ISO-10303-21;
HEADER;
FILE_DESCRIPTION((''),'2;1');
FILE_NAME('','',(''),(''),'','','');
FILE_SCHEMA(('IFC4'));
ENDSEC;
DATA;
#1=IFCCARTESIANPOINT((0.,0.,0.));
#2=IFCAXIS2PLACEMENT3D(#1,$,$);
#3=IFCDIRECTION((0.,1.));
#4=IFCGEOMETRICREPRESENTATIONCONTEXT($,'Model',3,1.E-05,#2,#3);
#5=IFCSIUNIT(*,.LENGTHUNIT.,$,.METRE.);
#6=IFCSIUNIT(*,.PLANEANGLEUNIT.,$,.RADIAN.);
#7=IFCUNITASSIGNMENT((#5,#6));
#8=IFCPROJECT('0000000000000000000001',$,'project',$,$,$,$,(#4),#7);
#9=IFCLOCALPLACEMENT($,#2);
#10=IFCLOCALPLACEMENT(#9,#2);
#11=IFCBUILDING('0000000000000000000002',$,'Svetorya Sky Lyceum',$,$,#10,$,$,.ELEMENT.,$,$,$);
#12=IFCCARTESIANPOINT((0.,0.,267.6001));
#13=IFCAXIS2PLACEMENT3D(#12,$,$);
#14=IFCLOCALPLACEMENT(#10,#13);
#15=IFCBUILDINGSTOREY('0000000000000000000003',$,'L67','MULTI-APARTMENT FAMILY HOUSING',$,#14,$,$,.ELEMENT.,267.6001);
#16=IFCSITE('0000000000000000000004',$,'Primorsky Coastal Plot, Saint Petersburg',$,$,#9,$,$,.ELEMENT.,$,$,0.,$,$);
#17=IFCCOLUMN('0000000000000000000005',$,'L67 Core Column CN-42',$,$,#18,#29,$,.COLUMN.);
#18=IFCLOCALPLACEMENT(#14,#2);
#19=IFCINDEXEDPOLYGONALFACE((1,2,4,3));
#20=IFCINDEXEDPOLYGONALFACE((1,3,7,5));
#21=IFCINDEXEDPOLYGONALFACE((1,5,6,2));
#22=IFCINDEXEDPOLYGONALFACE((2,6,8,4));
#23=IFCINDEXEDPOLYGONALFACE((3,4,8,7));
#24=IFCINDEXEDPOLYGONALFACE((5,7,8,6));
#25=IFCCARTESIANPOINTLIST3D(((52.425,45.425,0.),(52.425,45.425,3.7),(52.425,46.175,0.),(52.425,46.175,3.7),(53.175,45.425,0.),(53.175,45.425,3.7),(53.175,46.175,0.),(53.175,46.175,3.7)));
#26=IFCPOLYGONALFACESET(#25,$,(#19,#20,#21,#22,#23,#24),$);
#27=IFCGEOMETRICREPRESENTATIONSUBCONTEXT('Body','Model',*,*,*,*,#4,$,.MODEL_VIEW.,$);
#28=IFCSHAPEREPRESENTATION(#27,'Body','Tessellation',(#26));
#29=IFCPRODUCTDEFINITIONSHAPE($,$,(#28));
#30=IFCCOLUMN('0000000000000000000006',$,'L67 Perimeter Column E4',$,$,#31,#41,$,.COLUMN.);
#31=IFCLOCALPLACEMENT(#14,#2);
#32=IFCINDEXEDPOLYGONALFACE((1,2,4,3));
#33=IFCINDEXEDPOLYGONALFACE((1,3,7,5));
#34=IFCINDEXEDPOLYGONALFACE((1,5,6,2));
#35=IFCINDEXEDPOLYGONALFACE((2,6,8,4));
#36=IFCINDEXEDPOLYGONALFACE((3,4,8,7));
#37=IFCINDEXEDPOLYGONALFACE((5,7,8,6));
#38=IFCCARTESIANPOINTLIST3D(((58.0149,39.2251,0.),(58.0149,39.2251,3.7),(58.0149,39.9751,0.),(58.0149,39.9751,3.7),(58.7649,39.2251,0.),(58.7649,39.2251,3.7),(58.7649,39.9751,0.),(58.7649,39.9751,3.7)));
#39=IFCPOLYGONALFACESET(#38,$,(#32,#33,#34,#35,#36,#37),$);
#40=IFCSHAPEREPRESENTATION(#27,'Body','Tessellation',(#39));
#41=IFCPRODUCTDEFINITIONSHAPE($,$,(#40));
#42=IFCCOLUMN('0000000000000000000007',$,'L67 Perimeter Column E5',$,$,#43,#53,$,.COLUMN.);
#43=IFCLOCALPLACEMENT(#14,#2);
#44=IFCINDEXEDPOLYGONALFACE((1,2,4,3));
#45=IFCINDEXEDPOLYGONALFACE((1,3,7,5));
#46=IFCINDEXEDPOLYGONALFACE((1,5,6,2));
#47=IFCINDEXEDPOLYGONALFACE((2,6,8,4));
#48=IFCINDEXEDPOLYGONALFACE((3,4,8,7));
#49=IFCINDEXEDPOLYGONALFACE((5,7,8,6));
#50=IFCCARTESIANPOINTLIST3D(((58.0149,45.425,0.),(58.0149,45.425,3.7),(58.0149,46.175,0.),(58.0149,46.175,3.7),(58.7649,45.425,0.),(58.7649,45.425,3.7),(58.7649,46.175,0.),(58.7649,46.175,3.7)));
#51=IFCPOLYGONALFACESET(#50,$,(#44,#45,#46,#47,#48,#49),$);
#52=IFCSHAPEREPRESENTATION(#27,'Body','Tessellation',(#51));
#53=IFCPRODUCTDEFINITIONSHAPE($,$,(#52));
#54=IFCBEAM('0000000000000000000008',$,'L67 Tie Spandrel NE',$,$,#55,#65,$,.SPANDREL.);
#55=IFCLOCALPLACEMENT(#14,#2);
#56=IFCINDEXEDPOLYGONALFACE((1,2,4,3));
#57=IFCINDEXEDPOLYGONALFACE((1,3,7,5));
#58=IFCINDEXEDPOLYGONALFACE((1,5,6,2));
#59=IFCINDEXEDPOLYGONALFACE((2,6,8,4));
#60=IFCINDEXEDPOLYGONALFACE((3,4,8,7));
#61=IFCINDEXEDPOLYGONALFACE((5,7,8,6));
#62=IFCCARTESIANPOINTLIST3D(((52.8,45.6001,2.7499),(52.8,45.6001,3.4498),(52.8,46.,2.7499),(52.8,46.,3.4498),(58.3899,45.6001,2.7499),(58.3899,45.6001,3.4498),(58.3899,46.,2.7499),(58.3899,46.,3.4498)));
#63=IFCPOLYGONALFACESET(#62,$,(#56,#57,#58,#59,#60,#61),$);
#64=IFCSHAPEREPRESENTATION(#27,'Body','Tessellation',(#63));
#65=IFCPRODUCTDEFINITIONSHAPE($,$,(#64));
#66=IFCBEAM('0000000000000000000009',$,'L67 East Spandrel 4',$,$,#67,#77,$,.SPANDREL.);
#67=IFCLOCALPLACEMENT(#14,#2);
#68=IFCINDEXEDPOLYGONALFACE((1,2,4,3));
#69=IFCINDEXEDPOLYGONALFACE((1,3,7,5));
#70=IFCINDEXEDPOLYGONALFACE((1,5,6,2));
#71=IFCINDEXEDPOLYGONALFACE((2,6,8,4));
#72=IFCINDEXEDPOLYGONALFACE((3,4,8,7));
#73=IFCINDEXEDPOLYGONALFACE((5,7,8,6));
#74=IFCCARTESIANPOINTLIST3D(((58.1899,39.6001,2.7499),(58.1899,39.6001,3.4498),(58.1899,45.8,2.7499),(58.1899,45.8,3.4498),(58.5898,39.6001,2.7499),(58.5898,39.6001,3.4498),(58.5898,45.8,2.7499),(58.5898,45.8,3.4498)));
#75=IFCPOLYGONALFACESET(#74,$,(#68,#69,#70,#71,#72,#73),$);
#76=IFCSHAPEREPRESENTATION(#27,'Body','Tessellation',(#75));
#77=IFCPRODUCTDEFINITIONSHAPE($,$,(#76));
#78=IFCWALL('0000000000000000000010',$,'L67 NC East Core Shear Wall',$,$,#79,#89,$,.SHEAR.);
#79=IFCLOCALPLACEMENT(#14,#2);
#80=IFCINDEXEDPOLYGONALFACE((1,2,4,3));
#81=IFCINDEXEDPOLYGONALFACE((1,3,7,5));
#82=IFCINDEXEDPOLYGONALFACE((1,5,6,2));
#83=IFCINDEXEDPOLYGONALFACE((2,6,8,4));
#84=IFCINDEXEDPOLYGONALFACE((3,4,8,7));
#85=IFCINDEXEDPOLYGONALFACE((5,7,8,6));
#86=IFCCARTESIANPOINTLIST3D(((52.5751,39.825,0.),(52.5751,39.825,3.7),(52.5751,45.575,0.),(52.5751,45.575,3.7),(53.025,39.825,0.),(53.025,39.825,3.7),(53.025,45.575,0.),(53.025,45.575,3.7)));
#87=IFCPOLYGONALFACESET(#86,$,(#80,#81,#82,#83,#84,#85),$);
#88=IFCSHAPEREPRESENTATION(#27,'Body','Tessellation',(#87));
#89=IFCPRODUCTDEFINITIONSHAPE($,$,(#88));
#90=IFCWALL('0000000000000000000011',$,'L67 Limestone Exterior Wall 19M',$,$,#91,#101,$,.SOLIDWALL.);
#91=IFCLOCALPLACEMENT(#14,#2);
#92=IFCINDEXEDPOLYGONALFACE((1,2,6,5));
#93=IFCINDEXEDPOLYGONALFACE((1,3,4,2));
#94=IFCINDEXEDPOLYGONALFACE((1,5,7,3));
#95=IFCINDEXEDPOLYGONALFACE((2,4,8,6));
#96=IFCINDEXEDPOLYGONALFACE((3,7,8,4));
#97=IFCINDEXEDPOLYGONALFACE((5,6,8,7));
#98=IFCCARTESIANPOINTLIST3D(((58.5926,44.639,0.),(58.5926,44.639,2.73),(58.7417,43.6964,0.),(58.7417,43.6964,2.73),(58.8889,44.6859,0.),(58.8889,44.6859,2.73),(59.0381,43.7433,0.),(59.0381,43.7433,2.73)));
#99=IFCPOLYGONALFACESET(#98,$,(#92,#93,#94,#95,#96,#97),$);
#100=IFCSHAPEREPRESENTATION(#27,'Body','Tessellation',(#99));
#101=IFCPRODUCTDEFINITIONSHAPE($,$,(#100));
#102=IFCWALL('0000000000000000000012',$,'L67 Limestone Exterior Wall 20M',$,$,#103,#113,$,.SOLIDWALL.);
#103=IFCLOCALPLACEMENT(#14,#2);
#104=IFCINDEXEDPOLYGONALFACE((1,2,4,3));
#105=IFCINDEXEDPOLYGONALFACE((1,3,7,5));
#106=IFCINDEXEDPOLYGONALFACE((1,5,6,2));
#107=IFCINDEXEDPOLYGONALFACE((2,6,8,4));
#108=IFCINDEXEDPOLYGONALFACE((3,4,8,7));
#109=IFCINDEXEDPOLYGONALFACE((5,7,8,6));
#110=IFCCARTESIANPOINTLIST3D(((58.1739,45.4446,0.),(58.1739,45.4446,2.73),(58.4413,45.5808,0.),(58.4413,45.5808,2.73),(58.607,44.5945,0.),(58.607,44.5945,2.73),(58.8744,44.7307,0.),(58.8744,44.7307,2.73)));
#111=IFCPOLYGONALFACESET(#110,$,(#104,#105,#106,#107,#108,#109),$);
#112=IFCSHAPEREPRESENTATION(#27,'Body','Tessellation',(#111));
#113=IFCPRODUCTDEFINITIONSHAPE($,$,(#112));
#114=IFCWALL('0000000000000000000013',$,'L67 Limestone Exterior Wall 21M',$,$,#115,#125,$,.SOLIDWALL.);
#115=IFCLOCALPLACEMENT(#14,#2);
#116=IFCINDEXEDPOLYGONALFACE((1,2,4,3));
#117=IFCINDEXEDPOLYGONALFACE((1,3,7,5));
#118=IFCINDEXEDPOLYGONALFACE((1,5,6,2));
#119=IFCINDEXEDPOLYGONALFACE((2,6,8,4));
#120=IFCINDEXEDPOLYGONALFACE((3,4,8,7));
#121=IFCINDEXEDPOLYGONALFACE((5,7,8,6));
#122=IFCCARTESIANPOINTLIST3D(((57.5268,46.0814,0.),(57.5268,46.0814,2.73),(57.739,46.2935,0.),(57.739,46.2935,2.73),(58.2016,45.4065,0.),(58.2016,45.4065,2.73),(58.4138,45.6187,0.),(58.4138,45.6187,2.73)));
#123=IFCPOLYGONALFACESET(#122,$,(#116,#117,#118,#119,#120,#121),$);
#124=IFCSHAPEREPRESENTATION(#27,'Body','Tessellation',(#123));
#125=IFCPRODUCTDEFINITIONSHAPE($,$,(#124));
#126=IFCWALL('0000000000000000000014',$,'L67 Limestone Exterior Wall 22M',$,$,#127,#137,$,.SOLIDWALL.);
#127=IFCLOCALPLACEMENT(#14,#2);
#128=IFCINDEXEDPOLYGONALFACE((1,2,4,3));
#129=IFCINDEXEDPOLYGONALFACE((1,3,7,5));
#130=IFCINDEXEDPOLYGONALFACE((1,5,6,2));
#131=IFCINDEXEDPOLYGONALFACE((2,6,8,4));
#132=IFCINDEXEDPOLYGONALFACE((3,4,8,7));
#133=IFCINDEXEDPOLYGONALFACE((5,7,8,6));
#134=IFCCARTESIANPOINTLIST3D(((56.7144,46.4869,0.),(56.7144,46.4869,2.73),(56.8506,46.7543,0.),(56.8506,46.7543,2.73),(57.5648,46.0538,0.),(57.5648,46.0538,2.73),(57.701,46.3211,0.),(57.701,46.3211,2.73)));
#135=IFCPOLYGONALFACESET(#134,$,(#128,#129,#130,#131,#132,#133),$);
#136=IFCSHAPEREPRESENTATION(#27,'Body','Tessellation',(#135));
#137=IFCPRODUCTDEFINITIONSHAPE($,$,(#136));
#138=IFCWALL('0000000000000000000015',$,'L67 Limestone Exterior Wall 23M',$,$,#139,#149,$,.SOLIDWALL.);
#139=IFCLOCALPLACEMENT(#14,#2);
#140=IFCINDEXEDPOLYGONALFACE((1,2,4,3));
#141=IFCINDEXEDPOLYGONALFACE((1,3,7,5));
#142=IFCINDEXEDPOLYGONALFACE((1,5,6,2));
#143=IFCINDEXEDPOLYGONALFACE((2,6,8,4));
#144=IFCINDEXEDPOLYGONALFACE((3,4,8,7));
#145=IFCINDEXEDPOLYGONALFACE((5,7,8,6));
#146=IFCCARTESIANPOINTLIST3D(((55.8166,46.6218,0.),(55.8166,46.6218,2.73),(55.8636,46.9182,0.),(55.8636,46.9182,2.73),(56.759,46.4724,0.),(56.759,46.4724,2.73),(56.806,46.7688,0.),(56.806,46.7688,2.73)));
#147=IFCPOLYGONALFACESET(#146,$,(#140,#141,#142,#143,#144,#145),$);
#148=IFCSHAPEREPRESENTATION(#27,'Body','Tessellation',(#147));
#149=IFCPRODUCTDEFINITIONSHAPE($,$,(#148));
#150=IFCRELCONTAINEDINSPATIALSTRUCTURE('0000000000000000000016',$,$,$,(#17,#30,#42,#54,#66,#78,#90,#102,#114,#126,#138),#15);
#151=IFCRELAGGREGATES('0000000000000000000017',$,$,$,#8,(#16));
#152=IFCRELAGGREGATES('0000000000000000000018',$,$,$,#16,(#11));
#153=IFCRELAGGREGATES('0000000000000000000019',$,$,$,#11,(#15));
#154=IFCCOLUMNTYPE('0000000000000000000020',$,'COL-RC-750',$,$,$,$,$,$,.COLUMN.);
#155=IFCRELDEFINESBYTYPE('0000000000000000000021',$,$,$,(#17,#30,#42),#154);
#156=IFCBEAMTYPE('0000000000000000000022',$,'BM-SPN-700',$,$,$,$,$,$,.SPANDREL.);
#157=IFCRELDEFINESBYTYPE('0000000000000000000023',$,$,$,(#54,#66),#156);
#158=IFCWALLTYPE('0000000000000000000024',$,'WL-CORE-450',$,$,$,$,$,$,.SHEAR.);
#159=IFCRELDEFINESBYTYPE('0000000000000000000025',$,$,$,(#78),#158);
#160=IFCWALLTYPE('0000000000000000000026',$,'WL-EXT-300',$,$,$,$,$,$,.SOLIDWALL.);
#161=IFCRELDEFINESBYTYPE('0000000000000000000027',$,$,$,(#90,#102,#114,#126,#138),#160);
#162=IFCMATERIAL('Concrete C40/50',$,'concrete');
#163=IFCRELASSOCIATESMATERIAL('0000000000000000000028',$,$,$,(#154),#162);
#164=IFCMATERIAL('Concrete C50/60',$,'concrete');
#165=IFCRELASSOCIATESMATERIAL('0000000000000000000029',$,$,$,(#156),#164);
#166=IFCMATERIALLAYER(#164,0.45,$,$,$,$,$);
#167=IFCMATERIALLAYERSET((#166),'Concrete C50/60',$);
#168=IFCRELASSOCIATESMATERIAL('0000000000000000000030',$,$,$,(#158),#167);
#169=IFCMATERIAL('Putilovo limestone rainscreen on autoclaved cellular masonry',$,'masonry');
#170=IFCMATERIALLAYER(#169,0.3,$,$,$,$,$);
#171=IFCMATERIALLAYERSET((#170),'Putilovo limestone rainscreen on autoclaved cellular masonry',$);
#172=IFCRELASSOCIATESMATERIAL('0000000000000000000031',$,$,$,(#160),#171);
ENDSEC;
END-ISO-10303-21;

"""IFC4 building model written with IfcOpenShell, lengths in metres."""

from ifc_helpers import new_model, si_unit, direction, frame, frame_2d, origin, origin_2d, place, context, subcontext, project, spatial, rectangle, extrude, material, layer, layer_set, material_profile, profile_set, type_object, element, save


model = new_model("IFC4")

# Units and contexts
model_context = context("Model", 3, precision=1e-05, world=origin(), true_north=direction((0.0, 1.0)))
body_context = subcontext(model_context, "Body", "Model", "MODEL_VIEW")
ifc_project = project(units=[si_unit("LENGTHUNIT", "METRE"), si_unit("PLANEANGLEUNIT", "RADIAN")], contexts=[model_context])

# Site, building, storey
site_placement = place(None, origin())
site = spatial("IfcSite", under=ifc_project, at=site_placement, Name="Primorsky Coastal Plot, Saint Petersburg", CompositionType="ELEMENT", RefElevation=0.0)
building_placement = place(site_placement, origin())
building = spatial("IfcBuilding", under=site, at=building_placement, Name="Svetorya Sky Lyceum", CompositionType="ELEMENT")
storey_placement = place(building_placement, frame((0.0, 0.0, 267.6001)))
storey = spatial("IfcBuildingStorey", under=building, at=storey_placement, Name="L67", Description="MULTI-APARTMENT FAMILY HOUSING", CompositionType="ELEMENT", Elevation=267.6001)

# Columns
ifc_material_1 = material(Name="Concrete C40/50", Category="concrete")
ifc_material_profile_1 = material_profile(ifc_material_1, rectangle(XDim=0.75, YDim=0.75, at=origin_2d()), Name="RC COL 750x750")
ifc_profile_set_1 = profile_set([ifc_material_profile_1], Name="Concrete C40/50")
column_type = type_object("IfcColumnType", Name="COL-RC-750", PredefinedType="COLUMN", material=ifc_profile_set_1)
for number, where, z_axis, x_axis, name in (
    (1, (52.8, 45.8, 0.0), (0.0, 0.0, 1.0), (1.0, 0.0, 0.0), "L67 Core Column CN-42"),
    (2, (58.3899, 39.6001, 0.0), (0.0, 0.0, 1.0), (1.0, 0.0, 0.0), "L67 Perimeter Column E4"),
    (3, (58.3899, 45.8, 0.0), (0.0, 0.0, 1.0), (1.0, 0.0, 0.0), "L67 Perimeter Column E5"),
):
    element("IfcColumn", number, at=place(storey_placement, frame(where, z_axis=z_axis, x_axis=x_axis)), inside=storey, type_object=column_type, Name=name, PredefinedType="COLUMN", context=body_context, shape_type="SweptSolid", body=[
        extrude(rectangle(XDim=0.75, YDim=0.75, at=origin_2d()), origin(), (0.0, 0.0, 1.0), 3.7),
    ])

# Beams
ifc_material_2 = material(Name="Concrete C50/60", Category="concrete")
ifc_material_profile_2 = material_profile(ifc_material_2, rectangle(XDim=0.3999, YDim=0.7, at=origin_2d()), Name="RC SPANDREL 400x700")
ifc_profile_set_2 = profile_set([ifc_material_profile_2], Name="Concrete C50/60")
beam_type = type_object("IfcBeamType", Name="BM-SPN-700", PredefinedType="SPANDREL", material=ifc_profile_set_2)
beam_1_placement = place(storey_placement, frame((52.8, 45.8, 3.0999), z_axis=(1.0, 0.0, 0.0), x_axis=(0.0, 1.0, 0.0)))
element("IfcBeam", 4, at=beam_1_placement, inside=storey, type_object=beam_type, Name="L67 Tie Spandrel NE", PredefinedType="SPANDREL", context=body_context, shape_type="SweptSolid", body=[
    extrude(rectangle(XDim=0.3999, YDim=0.7, at=origin_2d()), origin(), (0.0, 0.0, 1.0), 5.5898),
])
beam_2_placement = place(storey_placement, frame((58.3899, 39.6001, 3.0999), z_axis=(0.0, 1.0, 0.0), x_axis=(-1.0, 0.0, 0.0)))
element("IfcBeam", 5, at=beam_2_placement, inside=storey, type_object=beam_type, Name="L67 East Spandrel 4", PredefinedType="SPANDREL", context=body_context, shape_type="SweptSolid", body=[
    extrude(rectangle(XDim=0.3999, YDim=0.7, at=origin_2d()), origin(), (0.0, 0.0, 1.0), 6.2),
])

# Walls
ifc_layer_1 = layer(ifc_material_2, 0.45)
ifc_layer_set_1 = layer_set([ifc_layer_1], Name="Concrete C50/60")
wall_type_1 = type_object("IfcWallType", Name="WL-CORE-450", PredefinedType="SHEAR", material=ifc_layer_set_1)
wall_1_placement = place(storey_placement, frame((52.8, 39.825, 0.0), z_axis=(0.0, 0.0, 1.0), x_axis=(0.0, 1.0, 0.0)))
element("IfcWall", 6, at=wall_1_placement, inside=storey, type_object=wall_type_1, Name="L67 NC East Core Shear Wall", PredefinedType="SHEAR", context=body_context, shape_type="SweptSolid", body=[
    extrude(rectangle(XDim=5.75, YDim=0.45, at=frame_2d((2.875, 0.0))), origin(), (0.0, 0.0, 1.0), 3.7),
])
ifc_material_3 = material(Name="Putilovo limestone rainscreen on autoclaved cellular masonry", Category="masonry")
ifc_layer_2 = layer(ifc_material_3, 0.3)
ifc_layer_set_2 = layer_set([ifc_layer_2], Name="Putilovo limestone rainscreen on autoclaved cellular masonry")
wall_type_2 = type_object("IfcWallType", Name="WL-EXT-300", PredefinedType="SOLIDWALL", material=ifc_layer_set_2)
wall_2_placement = place(storey_placement, frame((58.8899, 43.72, 0.0), z_axis=(0.0, 0.0, 1.0), x_axis=(-0.156304, 0.987709, 0.0)))
element("IfcWall", 7, at=wall_2_placement, inside=storey, type_object=wall_type_2, Name="L67 Limestone Exterior Wall 19M", PredefinedType="SOLIDWALL", context=body_context, shape_type="SweptSolid", body=[
    extrude(rectangle(XDim=0.9543, YDim=0.3, at=frame_2d((0.4771, 0.0))), origin(), (0.0, 0.0, 1.0), 2.73),
])
wall_3_placement = place(storey_placement, frame((58.7407, 44.6626, 0.0), z_axis=(0.0, 0.0, 1.0), x_axis=(-0.453956, 0.891024, 0.0)))
element("IfcWall", 8, at=wall_3_placement, inside=storey, type_object=wall_type_2, Name="L67 Limestone Exterior Wall 20M", PredefinedType="SOLIDWALL", context=body_context, shape_type="SweptSolid", body=[
    extrude(rectangle(XDim=0.9541, YDim=0.3, at=frame_2d((0.4771, 0.0))), origin(), (0.0, 0.0, 1.0), 2.73),
])
for number, where, z_axis, x_axis, name in (
    (9, (58.3076, 45.5127, 0.0), (0.0, 0.0, 1.0), (-0.707107, 0.707107, 0.0), "L67 Limestone Exterior Wall 21M"),
    (10, (57.6328, 46.1875, 0.0), (0.0, 0.0, 1.0), (-0.891077, 0.453853, 0.0), "L67 Limestone Exterior Wall 22M"),
):
    element("IfcWall", number, at=place(storey_placement, frame(where, z_axis=z_axis, x_axis=x_axis)), inside=storey, type_object=wall_type_2, Name=name, PredefinedType="SOLIDWALL", context=body_context, shape_type="SweptSolid", body=[
        extrude(rectangle(XDim=0.9543, YDim=0.3, at=frame_2d((0.4771, 0.0))), origin(), (0.0, 0.0, 1.0), 2.73),
    ])
wall_4_placement = place(storey_placement, frame((56.7825, 46.6206, 0.0), z_axis=(0.0, 0.0, 1.0), x_axis=(-0.987663, 0.156593, 0.0)))
element("IfcWall", 11, at=wall_4_placement, inside=storey, type_object=wall_type_2, Name="L67 Limestone Exterior Wall 23M", PredefinedType="SOLIDWALL", context=body_context, shape_type="SweptSolid", body=[
    extrude(rectangle(XDim=0.9541, YDim=0.3, at=frame_2d((0.4771, 0.0))), origin(), (0.0, 0.0, 1.0), 2.73),
])

save(model, "model.ifc")
